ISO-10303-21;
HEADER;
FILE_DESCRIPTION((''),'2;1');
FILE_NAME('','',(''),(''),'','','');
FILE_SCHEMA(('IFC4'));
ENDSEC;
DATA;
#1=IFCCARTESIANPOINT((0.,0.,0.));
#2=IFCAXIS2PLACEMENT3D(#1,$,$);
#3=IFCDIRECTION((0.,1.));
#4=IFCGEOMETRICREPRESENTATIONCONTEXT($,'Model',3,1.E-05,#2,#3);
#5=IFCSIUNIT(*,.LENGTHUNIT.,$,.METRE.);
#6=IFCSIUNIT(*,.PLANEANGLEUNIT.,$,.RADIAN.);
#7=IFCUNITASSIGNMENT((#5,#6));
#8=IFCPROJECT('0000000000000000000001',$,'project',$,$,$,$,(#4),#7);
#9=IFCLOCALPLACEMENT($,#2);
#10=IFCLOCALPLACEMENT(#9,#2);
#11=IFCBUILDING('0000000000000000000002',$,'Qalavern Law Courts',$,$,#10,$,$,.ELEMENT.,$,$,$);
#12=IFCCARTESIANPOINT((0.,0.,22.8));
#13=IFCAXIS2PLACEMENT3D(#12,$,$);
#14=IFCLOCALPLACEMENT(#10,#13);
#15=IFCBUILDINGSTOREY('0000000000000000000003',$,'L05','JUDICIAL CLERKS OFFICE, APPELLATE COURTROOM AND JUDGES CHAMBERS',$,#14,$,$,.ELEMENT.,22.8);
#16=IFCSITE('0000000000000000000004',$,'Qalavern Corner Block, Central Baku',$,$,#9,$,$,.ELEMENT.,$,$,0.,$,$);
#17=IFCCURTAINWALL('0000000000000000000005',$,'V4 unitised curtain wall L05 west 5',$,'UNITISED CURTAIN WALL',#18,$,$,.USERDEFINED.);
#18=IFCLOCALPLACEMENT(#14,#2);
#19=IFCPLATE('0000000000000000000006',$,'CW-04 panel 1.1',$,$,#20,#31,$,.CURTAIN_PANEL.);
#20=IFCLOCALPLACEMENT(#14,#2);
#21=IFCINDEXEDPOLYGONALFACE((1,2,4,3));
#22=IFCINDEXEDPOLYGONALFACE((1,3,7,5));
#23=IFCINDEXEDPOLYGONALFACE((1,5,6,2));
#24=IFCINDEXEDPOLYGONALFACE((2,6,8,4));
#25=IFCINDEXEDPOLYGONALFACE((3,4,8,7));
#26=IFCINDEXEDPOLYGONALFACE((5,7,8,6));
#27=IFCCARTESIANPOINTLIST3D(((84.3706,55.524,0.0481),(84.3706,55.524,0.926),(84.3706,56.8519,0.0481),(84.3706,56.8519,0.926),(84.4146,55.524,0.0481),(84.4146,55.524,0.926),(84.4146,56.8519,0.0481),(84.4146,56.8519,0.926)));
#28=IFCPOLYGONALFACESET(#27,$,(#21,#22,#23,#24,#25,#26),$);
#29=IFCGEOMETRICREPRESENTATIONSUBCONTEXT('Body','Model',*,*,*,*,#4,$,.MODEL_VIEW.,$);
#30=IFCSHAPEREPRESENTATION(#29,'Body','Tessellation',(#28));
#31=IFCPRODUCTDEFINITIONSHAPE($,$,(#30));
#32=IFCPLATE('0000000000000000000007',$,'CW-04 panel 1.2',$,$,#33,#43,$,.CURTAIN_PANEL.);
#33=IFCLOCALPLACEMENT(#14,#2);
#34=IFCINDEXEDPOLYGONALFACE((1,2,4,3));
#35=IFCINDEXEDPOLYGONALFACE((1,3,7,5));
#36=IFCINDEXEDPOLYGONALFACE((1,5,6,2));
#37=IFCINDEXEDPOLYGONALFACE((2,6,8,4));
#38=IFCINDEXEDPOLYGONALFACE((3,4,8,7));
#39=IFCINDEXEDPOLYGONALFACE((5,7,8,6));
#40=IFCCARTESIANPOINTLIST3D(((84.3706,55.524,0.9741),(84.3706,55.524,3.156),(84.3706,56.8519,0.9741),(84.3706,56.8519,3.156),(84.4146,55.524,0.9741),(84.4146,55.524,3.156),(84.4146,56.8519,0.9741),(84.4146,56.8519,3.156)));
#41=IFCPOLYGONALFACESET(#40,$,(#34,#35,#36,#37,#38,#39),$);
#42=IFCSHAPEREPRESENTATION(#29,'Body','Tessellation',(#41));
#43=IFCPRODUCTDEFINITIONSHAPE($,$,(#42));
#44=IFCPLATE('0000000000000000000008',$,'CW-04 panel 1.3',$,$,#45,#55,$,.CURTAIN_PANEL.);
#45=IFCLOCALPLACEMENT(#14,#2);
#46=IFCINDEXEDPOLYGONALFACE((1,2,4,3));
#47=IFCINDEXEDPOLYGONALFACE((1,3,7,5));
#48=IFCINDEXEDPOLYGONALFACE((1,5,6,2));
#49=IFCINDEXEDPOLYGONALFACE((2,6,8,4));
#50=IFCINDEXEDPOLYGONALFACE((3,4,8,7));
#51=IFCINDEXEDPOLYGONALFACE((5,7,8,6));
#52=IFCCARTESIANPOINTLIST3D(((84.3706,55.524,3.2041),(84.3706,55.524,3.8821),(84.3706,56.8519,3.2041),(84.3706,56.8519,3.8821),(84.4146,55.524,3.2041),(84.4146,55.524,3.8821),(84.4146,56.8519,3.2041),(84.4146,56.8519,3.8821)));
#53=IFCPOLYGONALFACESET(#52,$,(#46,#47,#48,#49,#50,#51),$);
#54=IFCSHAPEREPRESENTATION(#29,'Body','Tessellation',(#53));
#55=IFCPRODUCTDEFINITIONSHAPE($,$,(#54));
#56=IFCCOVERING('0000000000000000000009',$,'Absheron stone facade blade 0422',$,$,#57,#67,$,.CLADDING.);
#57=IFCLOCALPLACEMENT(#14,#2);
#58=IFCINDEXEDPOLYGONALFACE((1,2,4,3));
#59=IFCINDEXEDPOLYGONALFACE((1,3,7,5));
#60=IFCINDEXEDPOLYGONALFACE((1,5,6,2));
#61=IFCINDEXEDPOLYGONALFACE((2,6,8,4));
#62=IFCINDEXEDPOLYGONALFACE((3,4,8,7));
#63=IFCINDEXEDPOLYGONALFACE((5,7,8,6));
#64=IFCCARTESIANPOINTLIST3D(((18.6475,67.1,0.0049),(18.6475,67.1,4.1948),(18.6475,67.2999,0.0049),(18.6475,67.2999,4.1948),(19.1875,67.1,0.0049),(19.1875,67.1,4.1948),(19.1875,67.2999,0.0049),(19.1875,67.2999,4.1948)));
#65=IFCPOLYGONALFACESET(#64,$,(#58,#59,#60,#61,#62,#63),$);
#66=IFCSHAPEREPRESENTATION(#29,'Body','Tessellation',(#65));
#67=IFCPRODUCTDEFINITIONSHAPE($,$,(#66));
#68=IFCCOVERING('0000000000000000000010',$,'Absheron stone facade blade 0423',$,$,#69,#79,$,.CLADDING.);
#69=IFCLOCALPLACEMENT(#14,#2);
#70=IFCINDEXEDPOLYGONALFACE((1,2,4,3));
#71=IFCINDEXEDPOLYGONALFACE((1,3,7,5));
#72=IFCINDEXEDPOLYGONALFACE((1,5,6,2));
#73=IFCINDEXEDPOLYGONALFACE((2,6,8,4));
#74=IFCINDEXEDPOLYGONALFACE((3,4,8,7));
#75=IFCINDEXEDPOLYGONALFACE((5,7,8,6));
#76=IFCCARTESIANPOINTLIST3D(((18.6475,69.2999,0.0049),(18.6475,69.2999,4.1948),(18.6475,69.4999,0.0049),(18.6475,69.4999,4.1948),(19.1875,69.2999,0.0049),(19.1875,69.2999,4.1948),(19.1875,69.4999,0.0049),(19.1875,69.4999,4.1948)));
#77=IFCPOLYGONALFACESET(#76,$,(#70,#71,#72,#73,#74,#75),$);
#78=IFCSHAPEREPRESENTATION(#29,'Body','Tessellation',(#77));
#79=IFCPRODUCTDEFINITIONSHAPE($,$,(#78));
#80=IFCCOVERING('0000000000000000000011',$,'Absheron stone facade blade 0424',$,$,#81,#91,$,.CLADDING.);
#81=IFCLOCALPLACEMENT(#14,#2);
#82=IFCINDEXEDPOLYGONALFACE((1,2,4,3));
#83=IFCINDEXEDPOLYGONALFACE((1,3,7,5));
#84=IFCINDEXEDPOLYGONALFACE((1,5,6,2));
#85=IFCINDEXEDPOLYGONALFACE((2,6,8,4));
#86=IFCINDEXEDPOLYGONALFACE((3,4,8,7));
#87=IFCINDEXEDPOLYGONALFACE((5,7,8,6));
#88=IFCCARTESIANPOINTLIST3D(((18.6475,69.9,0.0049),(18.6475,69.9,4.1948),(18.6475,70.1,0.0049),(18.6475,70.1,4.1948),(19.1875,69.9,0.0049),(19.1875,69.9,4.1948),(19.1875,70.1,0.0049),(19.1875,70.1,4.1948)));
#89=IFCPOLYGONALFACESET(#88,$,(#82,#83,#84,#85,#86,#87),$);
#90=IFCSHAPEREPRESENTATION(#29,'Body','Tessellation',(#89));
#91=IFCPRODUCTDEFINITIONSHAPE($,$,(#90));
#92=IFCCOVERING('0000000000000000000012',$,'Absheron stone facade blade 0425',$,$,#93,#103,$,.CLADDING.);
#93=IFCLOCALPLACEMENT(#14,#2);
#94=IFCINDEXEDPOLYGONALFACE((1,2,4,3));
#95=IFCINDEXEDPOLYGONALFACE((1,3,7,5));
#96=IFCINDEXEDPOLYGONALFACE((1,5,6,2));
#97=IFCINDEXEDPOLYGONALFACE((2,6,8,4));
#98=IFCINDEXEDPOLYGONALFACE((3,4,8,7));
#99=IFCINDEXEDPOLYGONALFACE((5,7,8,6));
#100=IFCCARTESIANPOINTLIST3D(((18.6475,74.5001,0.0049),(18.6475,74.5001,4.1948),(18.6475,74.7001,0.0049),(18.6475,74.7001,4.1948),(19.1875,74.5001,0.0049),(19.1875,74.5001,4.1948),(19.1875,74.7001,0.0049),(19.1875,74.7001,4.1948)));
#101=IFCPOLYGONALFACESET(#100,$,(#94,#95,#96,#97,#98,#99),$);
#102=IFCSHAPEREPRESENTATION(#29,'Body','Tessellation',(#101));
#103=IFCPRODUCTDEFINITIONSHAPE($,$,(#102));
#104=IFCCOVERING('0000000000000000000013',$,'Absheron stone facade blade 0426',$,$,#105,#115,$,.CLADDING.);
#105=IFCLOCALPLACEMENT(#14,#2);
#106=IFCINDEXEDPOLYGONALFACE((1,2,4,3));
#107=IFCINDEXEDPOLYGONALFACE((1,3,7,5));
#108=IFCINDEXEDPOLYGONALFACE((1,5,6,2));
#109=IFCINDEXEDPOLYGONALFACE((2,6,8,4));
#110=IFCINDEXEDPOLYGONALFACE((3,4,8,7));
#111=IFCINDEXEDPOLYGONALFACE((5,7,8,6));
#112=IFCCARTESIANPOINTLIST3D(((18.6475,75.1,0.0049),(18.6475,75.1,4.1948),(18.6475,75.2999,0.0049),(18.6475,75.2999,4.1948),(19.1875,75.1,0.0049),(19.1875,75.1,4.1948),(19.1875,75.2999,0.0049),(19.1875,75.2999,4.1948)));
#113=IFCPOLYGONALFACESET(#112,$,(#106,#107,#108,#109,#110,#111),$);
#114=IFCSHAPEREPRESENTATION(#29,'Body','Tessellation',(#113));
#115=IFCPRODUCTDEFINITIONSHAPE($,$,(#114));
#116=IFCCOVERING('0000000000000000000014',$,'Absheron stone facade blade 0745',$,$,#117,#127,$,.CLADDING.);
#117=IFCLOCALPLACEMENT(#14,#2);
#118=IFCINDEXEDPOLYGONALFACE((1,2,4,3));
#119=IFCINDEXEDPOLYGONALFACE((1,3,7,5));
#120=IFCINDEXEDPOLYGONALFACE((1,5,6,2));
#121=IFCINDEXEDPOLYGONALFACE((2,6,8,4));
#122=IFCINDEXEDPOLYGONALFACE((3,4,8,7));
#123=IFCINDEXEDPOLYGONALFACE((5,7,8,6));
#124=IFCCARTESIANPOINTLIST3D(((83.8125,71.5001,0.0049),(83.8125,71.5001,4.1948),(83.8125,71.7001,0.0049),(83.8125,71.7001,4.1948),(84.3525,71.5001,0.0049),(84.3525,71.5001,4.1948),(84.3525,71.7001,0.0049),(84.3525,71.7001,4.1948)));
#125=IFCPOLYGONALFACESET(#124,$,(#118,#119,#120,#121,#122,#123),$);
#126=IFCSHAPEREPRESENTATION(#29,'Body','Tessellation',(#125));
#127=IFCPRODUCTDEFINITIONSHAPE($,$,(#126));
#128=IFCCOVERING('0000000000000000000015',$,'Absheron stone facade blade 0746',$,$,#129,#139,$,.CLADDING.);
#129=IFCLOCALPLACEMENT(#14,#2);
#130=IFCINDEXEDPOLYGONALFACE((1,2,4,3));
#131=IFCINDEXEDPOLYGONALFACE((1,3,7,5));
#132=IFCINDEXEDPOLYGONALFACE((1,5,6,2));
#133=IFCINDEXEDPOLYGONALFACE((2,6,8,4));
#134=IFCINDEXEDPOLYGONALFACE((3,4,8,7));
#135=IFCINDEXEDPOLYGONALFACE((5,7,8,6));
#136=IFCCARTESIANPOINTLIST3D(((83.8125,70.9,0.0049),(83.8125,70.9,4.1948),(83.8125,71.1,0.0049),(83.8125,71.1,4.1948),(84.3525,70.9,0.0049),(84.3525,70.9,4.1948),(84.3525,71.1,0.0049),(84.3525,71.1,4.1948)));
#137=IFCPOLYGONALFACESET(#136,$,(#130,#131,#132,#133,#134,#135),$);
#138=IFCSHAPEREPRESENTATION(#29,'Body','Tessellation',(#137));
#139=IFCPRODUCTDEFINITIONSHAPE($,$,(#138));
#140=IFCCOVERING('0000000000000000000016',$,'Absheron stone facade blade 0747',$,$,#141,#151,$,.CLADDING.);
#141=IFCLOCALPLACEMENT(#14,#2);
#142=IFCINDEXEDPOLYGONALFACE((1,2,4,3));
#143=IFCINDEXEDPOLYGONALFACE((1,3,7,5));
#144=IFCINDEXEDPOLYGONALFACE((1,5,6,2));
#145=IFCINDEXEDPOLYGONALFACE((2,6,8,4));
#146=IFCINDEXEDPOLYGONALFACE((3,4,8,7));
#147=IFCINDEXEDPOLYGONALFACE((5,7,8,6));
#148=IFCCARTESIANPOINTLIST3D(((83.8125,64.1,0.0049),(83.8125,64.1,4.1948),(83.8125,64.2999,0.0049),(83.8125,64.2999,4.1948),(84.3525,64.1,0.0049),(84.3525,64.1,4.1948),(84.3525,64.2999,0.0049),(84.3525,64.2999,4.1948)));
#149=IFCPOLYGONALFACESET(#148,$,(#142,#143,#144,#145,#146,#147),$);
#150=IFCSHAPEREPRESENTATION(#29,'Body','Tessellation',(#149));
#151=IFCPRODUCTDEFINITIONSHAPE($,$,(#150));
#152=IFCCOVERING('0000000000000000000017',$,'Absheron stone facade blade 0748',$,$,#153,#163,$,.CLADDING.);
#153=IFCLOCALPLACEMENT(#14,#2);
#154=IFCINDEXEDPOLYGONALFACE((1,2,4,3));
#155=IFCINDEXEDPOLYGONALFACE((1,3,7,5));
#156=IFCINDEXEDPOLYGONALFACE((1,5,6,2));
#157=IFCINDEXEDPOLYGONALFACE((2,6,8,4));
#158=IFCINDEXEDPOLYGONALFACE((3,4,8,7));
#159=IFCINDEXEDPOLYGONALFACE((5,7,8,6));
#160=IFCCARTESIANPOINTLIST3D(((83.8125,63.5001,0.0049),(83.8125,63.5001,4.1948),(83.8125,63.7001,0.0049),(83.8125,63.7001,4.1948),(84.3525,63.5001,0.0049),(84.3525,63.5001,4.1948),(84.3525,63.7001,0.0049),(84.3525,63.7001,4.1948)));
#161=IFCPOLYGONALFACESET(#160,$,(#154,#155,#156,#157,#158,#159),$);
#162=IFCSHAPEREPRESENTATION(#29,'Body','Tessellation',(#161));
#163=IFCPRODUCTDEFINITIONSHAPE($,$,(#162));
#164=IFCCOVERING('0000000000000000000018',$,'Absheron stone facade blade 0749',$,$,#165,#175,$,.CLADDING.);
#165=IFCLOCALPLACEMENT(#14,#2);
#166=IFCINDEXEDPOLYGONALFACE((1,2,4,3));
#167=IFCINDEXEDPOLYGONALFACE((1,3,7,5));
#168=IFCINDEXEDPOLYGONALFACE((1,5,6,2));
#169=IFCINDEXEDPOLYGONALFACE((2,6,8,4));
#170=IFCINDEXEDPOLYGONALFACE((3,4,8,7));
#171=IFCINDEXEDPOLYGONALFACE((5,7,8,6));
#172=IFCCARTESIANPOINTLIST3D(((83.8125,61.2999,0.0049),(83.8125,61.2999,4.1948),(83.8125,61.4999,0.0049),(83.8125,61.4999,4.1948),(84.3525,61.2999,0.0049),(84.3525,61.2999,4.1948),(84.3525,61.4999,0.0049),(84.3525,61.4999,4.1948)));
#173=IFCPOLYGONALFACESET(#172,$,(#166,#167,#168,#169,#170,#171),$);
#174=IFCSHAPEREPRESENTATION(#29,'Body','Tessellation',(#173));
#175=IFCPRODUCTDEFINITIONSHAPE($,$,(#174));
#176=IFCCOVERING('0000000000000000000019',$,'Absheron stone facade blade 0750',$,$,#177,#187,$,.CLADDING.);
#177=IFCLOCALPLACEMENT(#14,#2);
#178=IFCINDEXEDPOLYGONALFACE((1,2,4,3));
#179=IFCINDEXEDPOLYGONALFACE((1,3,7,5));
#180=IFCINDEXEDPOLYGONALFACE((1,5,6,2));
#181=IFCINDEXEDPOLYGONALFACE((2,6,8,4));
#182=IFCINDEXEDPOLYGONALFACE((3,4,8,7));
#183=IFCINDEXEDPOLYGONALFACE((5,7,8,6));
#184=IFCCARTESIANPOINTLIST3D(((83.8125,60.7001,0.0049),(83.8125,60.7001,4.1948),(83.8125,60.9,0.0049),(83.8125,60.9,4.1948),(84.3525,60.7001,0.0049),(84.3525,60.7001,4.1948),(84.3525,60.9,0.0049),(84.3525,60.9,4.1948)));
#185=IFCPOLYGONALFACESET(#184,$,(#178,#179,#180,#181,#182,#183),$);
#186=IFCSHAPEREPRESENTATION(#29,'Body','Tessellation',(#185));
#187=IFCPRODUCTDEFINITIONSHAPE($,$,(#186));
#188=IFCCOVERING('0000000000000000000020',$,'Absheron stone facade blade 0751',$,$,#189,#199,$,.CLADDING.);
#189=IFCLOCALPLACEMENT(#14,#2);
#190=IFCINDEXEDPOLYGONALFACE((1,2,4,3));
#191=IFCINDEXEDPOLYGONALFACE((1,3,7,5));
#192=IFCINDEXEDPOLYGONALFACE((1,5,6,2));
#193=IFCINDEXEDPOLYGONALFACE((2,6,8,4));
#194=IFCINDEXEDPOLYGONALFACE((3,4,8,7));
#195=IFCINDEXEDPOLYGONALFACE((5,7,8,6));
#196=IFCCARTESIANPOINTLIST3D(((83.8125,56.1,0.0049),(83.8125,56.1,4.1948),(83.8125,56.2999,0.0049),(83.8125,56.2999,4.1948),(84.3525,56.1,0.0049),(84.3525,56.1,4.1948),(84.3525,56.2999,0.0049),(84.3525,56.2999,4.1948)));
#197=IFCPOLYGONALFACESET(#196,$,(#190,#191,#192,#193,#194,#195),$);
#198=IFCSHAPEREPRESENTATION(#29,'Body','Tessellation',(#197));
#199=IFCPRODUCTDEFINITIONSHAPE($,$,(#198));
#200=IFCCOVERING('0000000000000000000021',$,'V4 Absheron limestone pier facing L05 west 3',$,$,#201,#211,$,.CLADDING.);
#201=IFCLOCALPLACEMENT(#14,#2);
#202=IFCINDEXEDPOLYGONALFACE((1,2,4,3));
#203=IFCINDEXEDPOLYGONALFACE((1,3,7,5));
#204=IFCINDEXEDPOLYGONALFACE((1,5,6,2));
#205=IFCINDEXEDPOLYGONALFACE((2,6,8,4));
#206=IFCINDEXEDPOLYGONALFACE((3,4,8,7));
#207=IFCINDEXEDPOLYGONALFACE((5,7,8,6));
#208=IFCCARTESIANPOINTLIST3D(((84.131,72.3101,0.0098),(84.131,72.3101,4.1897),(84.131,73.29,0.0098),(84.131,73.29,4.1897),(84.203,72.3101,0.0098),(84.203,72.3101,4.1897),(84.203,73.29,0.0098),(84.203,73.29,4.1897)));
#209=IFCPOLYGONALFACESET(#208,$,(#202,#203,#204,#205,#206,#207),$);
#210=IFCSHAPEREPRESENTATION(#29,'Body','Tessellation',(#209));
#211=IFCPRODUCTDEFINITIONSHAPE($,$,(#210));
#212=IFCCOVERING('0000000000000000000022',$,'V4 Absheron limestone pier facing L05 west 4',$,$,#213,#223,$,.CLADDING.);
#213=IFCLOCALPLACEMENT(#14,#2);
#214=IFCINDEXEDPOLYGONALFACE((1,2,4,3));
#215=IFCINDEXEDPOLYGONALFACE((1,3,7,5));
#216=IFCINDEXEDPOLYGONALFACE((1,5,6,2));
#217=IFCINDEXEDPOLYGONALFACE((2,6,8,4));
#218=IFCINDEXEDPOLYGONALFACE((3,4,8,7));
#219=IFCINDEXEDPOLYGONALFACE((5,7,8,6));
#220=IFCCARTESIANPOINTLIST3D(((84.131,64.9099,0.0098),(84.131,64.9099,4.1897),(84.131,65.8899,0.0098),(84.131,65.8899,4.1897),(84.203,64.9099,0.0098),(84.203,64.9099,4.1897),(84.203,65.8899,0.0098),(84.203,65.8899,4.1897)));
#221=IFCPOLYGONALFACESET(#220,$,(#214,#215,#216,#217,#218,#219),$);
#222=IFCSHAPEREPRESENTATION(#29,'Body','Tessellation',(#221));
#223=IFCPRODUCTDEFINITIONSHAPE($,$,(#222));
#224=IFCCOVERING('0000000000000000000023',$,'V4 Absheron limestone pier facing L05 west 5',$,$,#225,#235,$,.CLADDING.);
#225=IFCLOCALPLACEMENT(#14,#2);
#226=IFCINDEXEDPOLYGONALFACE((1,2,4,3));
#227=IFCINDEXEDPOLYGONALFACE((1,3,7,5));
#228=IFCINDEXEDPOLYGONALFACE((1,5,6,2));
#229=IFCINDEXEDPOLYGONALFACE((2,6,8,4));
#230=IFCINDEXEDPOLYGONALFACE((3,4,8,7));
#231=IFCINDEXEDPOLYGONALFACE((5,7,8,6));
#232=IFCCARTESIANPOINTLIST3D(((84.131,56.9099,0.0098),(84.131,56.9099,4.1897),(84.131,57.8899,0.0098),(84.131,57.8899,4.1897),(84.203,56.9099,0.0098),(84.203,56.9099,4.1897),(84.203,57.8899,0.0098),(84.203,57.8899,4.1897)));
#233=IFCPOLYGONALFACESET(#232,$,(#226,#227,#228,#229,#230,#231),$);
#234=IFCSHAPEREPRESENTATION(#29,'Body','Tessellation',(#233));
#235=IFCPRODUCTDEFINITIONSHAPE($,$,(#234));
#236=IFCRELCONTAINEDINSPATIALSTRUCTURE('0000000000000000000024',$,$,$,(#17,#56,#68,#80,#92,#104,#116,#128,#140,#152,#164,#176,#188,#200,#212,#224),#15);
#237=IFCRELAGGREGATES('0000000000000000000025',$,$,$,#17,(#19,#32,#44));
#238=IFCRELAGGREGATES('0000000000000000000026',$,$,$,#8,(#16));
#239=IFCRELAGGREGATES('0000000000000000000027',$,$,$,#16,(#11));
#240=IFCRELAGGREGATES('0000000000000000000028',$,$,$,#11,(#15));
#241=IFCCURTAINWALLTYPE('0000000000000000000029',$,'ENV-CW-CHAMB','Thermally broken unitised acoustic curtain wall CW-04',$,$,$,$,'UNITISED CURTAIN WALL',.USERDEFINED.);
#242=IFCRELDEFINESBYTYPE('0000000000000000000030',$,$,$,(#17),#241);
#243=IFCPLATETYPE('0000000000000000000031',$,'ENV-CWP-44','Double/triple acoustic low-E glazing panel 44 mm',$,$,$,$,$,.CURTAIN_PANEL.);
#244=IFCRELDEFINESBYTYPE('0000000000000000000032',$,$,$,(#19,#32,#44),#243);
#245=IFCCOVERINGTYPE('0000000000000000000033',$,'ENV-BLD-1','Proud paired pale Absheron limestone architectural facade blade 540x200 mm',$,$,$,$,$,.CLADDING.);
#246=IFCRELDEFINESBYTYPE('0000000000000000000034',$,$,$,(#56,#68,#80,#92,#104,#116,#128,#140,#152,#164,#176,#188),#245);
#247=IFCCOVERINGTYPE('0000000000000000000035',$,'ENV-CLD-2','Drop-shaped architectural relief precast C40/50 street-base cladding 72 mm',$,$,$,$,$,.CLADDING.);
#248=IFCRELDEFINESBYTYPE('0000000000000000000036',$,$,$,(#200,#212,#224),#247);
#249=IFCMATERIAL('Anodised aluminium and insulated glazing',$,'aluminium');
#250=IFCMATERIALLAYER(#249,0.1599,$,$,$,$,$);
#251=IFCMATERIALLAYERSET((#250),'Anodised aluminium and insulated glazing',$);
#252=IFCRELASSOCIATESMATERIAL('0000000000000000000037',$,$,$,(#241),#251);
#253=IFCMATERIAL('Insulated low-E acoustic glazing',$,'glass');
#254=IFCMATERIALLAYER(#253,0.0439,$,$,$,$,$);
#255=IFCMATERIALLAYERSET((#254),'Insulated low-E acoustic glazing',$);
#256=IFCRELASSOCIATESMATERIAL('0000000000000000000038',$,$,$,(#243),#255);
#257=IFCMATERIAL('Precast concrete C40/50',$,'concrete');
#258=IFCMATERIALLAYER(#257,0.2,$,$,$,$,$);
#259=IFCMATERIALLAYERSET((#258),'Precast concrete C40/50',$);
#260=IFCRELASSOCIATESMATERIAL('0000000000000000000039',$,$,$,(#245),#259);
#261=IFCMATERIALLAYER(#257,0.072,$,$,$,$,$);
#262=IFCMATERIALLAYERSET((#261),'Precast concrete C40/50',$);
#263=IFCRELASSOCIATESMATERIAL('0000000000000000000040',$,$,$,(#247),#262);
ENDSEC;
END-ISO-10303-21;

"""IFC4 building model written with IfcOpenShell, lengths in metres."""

from ifc_helpers import new_model, si_unit, direction, frame, origin, origin_2d, place, context, subcontext, project, spatial, rectangle, extrude, material, layer, layer_set, type_object, element, aggregate, save


model = new_model("IFC4")

# Units and contexts
model_context = context("Model", 3, precision=1e-05, world=origin(), true_north=direction((0.0, 1.0)))
body_context = subcontext(model_context, "Body", "Model", "MODEL_VIEW")
ifc_project = project(units=[si_unit("LENGTHUNIT", "METRE"), si_unit("PLANEANGLEUNIT", "RADIAN")], contexts=[model_context])

# Site, building, storey
site_placement = place(None, origin())
site = spatial("IfcSite", under=ifc_project, at=site_placement, Name="Qalavern Corner Block, Central Baku", CompositionType="ELEMENT", RefElevation=0.0)
building_placement = place(site_placement, origin())
building = spatial("IfcBuilding", under=site, at=building_placement, Name="Qalavern Law Courts", CompositionType="ELEMENT")
storey_placement = place(building_placement, frame((0.0, 0.0, 22.8)))
storey = spatial("IfcBuildingStorey", under=building, at=storey_placement, Name="L05", Description="JUDICIAL CLERKS OFFICE, APPELLATE COURTROOM AND JUDGES CHAMBERS", CompositionType="ELEMENT", Elevation=22.8)

# Curtain wall, plates
ifc_material_1 = material(Name="Anodised aluminium and insulated glazing", Category="aluminium")
ifc_layer_1 = layer(ifc_material_1, 0.1599)
ifc_layer_set_1 = layer_set([ifc_layer_1], Name="Anodised aluminium and insulated glazing")
curtain_wall_type = type_object("IfcCurtainWallType", Name="ENV-CW-CHAMB", Description="Thermally broken unitised acoustic curtain wall CW-04", ElementType="UNITISED CURTAIN WALL", PredefinedType="USERDEFINED", material=ifc_layer_set_1)
curtain_wall_placement = place(storey_placement, origin())
curtain_wall = element("IfcCurtainWall", 1, at=curtain_wall_placement, inside=storey, type_object=curtain_wall_type, Name="V4 unitised curtain wall L05 west 5", ObjectType="UNITISED CURTAIN WALL", PredefinedType="USERDEFINED")
ifc_material_2 = material(Name="Insulated low-E acoustic glazing", Category="glass")
ifc_layer_2 = layer(ifc_material_2, 0.0439)
ifc_layer_set_2 = layer_set([ifc_layer_2], Name="Insulated low-E acoustic glazing")
plate_type = type_object("IfcPlateType", Name="ENV-CWP-44", Description="Double/triple acoustic low-E glazing panel 44 mm", PredefinedType="CURTAIN_PANEL", material=ifc_layer_set_2)
plate_1_placement = place(storey_placement, frame((84.3926, 56.188, 0.0481), z_axis=(0.0, 0.0, 1.0), x_axis=(0.0, -1.0, 0.0)))
plate_1 = element("IfcPlate", 2, at=plate_1_placement, type_object=plate_type, Name="CW-04 panel 1.1", PredefinedType="CURTAIN_PANEL", context=body_context, shape_type="SweptSolid", body=[
    extrude(rectangle(XDim=1.3279, YDim=0.0439, at=origin_2d()), origin(), (0.0, 0.0, 1.0), 0.8779),
])
plate_2_placement = place(storey_placement, frame((84.3926, 56.188, 0.9741), z_axis=(0.0, 0.0, 1.0), x_axis=(0.0, -1.0, 0.0)))
plate_2 = element("IfcPlate", 3, at=plate_2_placement, type_object=plate_type, Name="CW-04 panel 1.2", PredefinedType="CURTAIN_PANEL", context=body_context, shape_type="SweptSolid", body=[
    extrude(rectangle(XDim=1.3279, YDim=0.0439, at=origin_2d()), origin(), (0.0, 0.0, 1.0), 2.1819),
])
plate_3_placement = place(storey_placement, frame((84.3926, 56.188, 3.2041), z_axis=(0.0, 0.0, 1.0), x_axis=(0.0, -1.0, 0.0)))
plate_3 = element("IfcPlate", 4, at=plate_3_placement, type_object=plate_type, Name="CW-04 panel 1.3", PredefinedType="CURTAIN_PANEL", context=body_context, shape_type="SweptSolid", body=[
    extrude(rectangle(XDim=1.3279, YDim=0.0439, at=origin_2d()), origin(), (0.0, 0.0, 1.0), 0.678),
])
aggregate(curtain_wall, [plate_1, plate_2, plate_3])

# Coverings
ifc_material_3 = material(Name="Precast concrete C40/50", Category="concrete")
ifc_layer_3 = layer(ifc_material_3, 0.2)
ifc_layer_set_3 = layer_set([ifc_layer_3], Name="Precast concrete C40/50")
covering_type_1 = type_object("IfcCoveringType", Name="ENV-BLD-1", Description="Proud paired pale Absheron limestone architectural facade blade 540x200 mm", PredefinedType="CLADDING", material=ifc_layer_set_3)
for number, where, z_axis, x_axis, name in (
    (5, (18.9175, 67.2, 0.0049), (0.0, 0.0, 1.0), (1.0, 0.0, 0.0), "Absheron stone facade blade 0422"),
    (6, (18.9175, 69.3999, 0.0049), (0.0, 0.0, 1.0), (1.0, 0.0, 0.0), "Absheron stone facade blade 0423"),
    (7, (18.9175, 70.0, 0.0049), (0.0, 0.0, 1.0), (1.0, 0.0, 0.0), "Absheron stone facade blade 0424"),
    (8, (18.9175, 74.6001, 0.0049), (0.0, 0.0, 1.0), (1.0, 0.0, 0.0), "Absheron stone facade blade 0425"),
    (9, (18.9175, 75.2, 0.0049), (0.0, 0.0, 1.0), (1.0, 0.0, 0.0), "Absheron stone facade blade 0426"),
    (10, (84.0825, 71.6001, 0.0049), (0.0, 0.0, 1.0), (-1.0, 0.0, 0.0), "Absheron stone facade blade 0745"),
    (11, (84.0825, 71.0, 0.0049), (0.0, 0.0, 1.0), (-1.0, 0.0, 0.0), "Absheron stone facade blade 0746"),
    (12, (84.0825, 64.2, 0.0049), (0.0, 0.0, 1.0), (-1.0, 0.0, 0.0), "Absheron stone facade blade 0747"),
    (13, (84.0825, 63.6001, 0.0049), (0.0, 0.0, 1.0), (-1.0, 0.0, 0.0), "Absheron stone facade blade 0748"),
    (14, (84.0825, 61.3999, 0.0049), (0.0, 0.0, 1.0), (-1.0, 0.0, 0.0), "Absheron stone facade blade 0749"),
    (15, (84.0825, 60.8, 0.0049), (0.0, 0.0, 1.0), (-1.0, 0.0, 0.0), "Absheron stone facade blade 0750"),
    (16, (84.0825, 56.2, 0.0049), (0.0, 0.0, 1.0), (-1.0, 0.0, 0.0), "Absheron stone facade blade 0751"),
):
    element("IfcCovering", number, at=place(storey_placement, frame(where, z_axis=z_axis, x_axis=x_axis)), inside=storey, type_object=covering_type_1, Name=name, PredefinedType="CLADDING", context=body_context, shape_type="SweptSolid", body=[
        extrude(rectangle(XDim=0.54, YDim=0.2, at=origin_2d()), origin(), (0.0, 0.0, 1.0), 4.1899),
    ])
ifc_layer_4 = layer(ifc_material_3, 0.072)
ifc_layer_set_4 = layer_set([ifc_layer_4], Name="Precast concrete C40/50")
covering_type_2 = type_object("IfcCoveringType", Name="ENV-CLD-2", Description="Drop-shaped architectural relief precast C40/50 street-base cladding 72 mm", PredefinedType="CLADDING", material=ifc_layer_set_4)
for number, where, z_axis, x_axis, name in (
    (17, (84.167, 72.8, 0.0098), (0.0, 0.0, 1.0), (0.0, -1.0, 0.0), "V4 Absheron limestone pier facing L05 west 3"),
    (18, (84.167, 65.3999, 0.0098), (0.0, 0.0, 1.0), (0.0, -1.0, 0.0), "V4 Absheron limestone pier facing L05 west 4"),
    (19, (84.167, 57.3999, 0.0098), (0.0, 0.0, 1.0), (0.0, -1.0, 0.0), "V4 Absheron limestone pier facing L05 west 5"),
):
    element("IfcCovering", number, at=place(storey_placement, frame(where, z_axis=z_axis, x_axis=x_axis)), inside=storey, type_object=covering_type_2, Name=name, PredefinedType="CLADDING", context=body_context, shape_type="SweptSolid", body=[
        extrude(rectangle(XDim=0.98, YDim=0.072, at=origin_2d()), origin(), (0.0, 0.0, 1.0), 4.1799),
    ])

save(model, "model.ifc")
